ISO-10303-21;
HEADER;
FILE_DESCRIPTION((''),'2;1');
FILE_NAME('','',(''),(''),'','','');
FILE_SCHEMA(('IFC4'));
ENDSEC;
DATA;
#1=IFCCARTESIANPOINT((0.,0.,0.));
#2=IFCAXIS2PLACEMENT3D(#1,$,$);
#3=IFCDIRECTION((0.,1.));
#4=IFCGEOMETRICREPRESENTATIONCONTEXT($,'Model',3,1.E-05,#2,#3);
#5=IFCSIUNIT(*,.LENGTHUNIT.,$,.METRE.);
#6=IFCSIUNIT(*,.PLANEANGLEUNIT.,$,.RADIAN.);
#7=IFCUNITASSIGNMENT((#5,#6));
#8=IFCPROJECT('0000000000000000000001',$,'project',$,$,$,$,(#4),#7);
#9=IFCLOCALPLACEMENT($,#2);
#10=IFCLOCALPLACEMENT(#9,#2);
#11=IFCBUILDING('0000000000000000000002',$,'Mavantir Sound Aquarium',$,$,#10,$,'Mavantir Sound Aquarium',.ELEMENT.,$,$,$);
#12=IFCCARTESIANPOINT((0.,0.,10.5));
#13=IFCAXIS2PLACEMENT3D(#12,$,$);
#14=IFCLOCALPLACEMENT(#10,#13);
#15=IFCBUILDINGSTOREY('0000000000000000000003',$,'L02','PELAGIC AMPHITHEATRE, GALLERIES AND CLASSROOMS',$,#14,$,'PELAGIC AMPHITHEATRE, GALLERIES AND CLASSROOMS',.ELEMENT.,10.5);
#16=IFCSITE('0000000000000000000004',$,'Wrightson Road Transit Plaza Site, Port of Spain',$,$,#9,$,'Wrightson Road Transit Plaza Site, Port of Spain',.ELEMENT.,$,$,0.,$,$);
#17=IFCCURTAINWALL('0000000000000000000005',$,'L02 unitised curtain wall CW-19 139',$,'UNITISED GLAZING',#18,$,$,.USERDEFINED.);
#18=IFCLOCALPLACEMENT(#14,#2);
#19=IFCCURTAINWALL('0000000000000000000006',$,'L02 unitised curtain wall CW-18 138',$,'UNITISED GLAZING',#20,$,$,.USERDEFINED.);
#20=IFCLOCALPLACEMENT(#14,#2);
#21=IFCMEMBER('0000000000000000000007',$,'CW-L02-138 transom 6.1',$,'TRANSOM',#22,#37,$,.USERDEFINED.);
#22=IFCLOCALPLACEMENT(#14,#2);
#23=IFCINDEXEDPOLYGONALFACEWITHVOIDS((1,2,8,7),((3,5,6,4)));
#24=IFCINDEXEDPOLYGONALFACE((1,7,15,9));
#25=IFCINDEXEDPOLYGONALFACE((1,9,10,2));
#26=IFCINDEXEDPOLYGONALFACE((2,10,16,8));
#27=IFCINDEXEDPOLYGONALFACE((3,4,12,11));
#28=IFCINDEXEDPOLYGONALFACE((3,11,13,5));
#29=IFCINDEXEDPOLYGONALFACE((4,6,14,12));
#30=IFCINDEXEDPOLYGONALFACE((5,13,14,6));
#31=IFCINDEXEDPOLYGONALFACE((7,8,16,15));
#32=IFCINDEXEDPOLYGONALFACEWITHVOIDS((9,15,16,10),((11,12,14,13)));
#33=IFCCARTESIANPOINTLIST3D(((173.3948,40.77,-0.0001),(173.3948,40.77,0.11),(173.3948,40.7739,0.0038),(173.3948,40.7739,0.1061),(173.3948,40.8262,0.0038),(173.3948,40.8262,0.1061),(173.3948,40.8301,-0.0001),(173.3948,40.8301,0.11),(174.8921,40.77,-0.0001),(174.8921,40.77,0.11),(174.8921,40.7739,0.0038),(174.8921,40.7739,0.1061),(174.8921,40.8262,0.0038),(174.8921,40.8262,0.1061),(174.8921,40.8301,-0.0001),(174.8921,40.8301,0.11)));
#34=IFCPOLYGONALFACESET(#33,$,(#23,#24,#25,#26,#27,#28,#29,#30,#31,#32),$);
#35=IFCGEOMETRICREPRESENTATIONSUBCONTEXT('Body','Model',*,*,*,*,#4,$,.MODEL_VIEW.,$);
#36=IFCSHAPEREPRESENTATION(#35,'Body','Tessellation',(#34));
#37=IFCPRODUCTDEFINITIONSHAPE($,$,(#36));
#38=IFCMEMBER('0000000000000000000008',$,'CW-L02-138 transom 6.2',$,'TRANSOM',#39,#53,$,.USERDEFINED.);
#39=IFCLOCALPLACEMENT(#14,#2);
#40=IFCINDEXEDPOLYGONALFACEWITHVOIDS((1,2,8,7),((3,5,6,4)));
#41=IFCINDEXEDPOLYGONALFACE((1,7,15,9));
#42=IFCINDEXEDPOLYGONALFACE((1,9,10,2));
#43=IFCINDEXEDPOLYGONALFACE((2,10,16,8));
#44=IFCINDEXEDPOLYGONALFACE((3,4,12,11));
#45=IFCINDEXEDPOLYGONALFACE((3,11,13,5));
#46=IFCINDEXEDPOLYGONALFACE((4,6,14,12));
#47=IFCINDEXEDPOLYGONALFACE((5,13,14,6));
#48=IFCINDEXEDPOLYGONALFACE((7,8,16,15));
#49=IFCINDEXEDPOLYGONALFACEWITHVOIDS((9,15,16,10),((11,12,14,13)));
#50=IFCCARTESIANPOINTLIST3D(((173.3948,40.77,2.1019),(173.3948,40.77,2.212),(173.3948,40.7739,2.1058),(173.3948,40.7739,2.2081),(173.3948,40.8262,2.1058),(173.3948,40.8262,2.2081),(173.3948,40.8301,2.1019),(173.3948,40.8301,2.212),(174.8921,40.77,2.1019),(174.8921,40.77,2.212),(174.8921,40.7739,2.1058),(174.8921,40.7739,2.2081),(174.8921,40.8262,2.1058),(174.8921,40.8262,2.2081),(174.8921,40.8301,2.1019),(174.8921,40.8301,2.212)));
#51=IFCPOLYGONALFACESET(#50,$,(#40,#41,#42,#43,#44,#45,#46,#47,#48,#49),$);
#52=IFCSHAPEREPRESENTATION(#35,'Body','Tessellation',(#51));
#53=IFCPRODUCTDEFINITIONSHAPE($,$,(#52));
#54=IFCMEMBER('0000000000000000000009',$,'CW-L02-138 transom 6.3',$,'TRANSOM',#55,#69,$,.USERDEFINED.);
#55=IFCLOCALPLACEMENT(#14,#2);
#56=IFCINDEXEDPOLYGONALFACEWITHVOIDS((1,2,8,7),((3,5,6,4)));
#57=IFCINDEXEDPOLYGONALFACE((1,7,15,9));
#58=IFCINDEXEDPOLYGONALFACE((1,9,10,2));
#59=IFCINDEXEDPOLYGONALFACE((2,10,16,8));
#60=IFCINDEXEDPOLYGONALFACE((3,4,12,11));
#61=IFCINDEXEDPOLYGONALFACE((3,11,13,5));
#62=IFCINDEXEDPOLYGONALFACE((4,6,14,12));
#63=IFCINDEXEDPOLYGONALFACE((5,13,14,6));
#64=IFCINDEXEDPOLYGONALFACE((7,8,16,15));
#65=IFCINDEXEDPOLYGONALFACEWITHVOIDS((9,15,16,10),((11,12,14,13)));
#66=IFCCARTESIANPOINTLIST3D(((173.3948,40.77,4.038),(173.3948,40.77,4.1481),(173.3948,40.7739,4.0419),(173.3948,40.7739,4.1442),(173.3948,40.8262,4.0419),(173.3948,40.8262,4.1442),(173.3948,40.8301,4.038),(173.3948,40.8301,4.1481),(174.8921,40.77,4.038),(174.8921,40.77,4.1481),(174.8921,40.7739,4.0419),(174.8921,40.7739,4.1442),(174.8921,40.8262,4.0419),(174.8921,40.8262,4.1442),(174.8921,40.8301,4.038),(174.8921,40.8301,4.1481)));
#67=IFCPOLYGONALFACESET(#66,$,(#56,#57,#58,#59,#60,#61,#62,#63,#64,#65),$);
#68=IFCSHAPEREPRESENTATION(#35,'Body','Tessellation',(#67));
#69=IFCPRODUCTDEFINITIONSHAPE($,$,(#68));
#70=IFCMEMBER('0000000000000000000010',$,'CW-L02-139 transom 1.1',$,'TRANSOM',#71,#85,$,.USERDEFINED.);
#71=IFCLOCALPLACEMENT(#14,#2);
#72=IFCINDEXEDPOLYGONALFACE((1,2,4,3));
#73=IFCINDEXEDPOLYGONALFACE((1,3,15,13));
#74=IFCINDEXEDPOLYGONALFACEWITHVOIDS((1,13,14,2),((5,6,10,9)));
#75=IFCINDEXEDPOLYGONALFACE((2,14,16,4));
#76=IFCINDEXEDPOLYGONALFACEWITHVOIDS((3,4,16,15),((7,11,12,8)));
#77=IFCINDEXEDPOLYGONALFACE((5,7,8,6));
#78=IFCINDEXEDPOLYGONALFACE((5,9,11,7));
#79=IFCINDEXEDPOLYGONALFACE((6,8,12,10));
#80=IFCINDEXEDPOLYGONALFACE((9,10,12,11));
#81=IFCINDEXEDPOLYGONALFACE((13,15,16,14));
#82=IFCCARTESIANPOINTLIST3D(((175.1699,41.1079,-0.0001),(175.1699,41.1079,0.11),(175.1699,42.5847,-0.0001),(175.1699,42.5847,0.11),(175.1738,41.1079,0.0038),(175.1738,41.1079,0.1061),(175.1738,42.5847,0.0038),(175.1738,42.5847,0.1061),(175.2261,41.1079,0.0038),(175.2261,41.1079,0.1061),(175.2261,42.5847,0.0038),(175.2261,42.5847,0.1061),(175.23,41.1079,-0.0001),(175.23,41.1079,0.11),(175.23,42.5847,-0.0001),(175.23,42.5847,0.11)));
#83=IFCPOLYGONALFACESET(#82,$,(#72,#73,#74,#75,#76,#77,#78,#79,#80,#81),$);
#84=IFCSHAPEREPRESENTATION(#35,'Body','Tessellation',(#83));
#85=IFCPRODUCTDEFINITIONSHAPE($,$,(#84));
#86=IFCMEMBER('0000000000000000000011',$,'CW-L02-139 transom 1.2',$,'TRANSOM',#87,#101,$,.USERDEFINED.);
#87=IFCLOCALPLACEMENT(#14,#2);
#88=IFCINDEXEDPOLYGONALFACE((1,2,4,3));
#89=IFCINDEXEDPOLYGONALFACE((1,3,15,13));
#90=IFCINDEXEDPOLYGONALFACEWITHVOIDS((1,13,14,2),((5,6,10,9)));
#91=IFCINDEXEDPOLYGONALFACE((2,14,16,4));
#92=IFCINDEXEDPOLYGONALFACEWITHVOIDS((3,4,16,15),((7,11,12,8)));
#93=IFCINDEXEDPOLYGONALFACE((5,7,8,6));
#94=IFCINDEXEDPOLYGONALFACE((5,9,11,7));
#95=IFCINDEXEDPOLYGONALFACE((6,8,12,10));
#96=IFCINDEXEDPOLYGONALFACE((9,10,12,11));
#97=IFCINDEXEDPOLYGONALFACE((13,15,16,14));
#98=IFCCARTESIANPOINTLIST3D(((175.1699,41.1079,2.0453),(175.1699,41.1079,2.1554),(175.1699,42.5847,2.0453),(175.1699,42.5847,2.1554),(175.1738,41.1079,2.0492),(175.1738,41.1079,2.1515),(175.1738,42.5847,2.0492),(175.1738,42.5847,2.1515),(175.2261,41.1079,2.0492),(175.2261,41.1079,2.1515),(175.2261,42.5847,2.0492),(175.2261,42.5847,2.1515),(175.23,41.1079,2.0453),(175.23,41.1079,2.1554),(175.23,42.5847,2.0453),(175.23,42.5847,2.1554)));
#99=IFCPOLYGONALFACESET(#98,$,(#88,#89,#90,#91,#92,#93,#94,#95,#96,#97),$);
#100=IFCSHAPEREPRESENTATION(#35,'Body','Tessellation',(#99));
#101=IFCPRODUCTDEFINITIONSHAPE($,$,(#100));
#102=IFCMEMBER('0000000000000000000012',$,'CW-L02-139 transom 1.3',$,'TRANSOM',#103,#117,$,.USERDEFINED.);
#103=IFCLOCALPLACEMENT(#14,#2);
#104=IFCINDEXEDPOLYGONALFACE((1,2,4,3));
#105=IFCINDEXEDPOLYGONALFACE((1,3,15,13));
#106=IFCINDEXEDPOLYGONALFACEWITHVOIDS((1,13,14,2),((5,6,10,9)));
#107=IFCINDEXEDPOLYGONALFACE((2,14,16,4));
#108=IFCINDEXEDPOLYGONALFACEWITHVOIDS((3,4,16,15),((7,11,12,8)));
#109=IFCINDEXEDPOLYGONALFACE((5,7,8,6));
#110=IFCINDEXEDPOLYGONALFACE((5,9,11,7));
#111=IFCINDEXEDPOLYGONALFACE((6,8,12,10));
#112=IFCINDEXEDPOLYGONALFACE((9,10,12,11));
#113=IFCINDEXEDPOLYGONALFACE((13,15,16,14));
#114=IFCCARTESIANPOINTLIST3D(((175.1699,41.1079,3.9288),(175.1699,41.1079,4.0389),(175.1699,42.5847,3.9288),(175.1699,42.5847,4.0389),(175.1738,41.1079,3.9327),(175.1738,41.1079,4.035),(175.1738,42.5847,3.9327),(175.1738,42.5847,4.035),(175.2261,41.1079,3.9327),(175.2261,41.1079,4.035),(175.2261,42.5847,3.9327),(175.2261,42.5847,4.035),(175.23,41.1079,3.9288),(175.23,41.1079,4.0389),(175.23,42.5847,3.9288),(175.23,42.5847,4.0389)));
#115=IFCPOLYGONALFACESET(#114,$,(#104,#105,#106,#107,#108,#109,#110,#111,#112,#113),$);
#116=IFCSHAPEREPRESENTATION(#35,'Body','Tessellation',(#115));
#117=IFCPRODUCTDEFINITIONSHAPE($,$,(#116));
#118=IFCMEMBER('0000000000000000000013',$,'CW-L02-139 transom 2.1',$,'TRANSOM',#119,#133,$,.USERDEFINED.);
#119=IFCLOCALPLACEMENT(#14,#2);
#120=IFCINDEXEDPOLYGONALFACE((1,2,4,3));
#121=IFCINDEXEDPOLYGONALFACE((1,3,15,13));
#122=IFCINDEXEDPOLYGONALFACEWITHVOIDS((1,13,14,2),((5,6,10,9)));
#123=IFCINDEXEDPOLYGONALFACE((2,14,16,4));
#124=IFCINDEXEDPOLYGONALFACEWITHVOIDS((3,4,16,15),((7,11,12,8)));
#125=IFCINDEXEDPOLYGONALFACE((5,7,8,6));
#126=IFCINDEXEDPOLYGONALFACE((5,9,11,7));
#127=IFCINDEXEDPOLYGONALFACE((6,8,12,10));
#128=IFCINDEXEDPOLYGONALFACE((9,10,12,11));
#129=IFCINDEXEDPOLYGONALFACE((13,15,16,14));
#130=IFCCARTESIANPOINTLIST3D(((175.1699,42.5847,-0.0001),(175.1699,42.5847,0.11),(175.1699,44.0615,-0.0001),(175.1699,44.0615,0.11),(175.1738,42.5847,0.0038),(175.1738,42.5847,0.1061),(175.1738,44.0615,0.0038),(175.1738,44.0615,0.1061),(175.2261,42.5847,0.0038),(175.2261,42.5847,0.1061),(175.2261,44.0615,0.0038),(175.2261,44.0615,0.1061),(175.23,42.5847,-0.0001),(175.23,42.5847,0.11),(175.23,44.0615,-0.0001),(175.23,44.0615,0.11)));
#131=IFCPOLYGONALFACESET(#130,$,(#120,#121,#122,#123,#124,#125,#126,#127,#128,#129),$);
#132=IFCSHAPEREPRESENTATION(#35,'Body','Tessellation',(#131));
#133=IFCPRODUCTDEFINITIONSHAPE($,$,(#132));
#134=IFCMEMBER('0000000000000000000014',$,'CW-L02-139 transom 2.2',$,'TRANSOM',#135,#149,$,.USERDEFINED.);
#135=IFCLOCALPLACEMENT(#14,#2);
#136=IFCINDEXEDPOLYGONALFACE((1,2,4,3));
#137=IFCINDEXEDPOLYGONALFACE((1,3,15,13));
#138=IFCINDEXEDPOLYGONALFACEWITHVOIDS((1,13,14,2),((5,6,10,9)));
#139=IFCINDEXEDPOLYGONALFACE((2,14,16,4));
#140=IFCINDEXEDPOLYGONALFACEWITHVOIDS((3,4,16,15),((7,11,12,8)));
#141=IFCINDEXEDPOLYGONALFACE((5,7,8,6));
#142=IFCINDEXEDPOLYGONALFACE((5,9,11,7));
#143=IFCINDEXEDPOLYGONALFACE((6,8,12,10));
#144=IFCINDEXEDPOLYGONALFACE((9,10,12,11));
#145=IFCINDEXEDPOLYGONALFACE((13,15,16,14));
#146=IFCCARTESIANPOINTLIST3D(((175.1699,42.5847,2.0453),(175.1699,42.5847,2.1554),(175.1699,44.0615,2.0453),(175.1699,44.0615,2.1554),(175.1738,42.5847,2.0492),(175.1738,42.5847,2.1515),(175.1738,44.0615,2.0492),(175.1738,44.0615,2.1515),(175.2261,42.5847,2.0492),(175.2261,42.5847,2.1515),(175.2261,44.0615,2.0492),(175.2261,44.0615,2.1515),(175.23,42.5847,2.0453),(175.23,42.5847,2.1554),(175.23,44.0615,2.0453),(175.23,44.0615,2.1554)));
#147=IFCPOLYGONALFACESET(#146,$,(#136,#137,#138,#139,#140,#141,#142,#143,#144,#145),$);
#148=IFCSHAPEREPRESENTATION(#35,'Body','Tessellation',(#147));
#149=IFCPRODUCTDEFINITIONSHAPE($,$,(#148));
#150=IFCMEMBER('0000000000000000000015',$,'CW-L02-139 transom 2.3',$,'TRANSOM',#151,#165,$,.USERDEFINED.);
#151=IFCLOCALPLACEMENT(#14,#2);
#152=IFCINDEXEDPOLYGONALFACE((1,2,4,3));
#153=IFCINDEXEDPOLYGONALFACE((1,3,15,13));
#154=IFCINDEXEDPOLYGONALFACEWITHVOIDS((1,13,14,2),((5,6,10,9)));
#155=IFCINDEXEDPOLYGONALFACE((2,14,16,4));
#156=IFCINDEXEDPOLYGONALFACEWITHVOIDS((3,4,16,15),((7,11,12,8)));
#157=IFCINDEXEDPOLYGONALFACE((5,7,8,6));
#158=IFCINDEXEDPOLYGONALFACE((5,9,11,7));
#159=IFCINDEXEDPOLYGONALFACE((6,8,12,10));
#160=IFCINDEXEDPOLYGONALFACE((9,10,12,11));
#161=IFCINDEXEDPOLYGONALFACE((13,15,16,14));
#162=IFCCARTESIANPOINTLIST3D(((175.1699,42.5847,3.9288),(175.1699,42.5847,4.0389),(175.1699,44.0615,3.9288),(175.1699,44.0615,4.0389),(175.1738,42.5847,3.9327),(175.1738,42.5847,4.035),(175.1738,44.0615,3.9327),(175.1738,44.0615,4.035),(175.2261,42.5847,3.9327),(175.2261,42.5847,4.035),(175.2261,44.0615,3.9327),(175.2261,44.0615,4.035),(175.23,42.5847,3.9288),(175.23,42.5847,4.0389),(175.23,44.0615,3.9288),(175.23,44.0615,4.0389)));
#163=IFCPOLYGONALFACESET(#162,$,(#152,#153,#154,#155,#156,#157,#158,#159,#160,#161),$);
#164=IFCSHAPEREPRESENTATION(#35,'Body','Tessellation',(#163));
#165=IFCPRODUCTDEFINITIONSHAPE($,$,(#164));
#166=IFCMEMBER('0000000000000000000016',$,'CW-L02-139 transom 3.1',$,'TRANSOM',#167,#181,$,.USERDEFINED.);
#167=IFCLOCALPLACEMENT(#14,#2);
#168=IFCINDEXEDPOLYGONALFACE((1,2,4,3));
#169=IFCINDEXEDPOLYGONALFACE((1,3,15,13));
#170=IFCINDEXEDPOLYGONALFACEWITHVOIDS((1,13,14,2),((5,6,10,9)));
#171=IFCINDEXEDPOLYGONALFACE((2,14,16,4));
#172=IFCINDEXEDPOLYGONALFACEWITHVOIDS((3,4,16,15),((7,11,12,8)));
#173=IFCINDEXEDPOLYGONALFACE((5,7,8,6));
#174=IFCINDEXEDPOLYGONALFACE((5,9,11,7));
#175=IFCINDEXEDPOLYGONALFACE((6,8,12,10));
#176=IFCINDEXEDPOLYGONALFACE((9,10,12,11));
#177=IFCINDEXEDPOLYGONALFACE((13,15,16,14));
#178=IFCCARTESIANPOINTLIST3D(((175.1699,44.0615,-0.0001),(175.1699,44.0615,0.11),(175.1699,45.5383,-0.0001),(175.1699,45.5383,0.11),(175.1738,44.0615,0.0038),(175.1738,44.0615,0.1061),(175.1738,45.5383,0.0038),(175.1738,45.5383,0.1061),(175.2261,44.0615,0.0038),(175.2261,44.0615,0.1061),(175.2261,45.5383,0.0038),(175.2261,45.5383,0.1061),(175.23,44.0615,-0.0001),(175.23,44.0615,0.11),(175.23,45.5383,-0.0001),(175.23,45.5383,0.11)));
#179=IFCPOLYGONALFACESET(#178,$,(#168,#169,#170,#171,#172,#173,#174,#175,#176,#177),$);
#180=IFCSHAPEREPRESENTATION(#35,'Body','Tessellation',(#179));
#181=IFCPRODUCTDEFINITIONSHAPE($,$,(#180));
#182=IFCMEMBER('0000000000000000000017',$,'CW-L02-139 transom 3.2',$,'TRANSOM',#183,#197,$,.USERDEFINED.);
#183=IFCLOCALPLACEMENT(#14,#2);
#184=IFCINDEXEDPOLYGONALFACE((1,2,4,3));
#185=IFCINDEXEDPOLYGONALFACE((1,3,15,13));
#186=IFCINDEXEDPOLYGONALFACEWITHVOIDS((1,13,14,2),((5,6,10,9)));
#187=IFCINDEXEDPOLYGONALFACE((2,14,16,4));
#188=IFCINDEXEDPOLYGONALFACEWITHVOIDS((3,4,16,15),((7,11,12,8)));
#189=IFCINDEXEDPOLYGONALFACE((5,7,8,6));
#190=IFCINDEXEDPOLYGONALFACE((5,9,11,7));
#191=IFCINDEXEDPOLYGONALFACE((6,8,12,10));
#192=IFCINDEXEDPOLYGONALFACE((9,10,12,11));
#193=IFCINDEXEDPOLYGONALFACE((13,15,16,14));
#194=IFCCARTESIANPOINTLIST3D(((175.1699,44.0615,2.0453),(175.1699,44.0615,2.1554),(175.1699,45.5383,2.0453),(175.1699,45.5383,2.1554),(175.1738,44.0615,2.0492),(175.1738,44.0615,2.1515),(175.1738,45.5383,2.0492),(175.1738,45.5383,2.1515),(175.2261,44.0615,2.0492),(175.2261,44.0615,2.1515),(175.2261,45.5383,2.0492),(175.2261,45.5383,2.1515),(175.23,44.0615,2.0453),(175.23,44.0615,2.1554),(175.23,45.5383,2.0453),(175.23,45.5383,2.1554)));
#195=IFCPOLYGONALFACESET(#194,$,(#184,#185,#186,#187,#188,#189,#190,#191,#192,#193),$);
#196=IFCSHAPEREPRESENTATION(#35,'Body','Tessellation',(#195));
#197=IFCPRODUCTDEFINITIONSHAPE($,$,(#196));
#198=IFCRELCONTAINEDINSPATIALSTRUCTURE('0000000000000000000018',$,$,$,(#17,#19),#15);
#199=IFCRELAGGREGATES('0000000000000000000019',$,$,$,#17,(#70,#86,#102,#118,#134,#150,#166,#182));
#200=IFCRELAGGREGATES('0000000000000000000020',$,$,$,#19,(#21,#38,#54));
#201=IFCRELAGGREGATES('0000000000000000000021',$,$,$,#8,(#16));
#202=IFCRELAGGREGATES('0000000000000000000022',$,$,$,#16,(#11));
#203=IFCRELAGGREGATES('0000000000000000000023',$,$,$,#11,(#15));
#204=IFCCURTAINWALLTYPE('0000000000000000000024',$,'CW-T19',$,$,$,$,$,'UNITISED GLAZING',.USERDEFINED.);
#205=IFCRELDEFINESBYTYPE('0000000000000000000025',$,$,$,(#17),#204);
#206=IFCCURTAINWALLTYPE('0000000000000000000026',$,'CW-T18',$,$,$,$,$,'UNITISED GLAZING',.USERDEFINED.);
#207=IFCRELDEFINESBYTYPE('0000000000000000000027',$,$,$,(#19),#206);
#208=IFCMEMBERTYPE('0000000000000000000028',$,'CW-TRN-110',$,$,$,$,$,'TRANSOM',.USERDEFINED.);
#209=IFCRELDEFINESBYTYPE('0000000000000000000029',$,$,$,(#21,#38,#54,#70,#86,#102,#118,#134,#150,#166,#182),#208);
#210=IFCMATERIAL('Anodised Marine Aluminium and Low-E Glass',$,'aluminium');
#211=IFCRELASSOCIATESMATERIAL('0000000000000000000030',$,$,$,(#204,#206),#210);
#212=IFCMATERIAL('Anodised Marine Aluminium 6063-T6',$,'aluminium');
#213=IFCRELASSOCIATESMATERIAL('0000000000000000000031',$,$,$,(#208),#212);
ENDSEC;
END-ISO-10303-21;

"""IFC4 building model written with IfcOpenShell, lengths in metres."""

from ifc_helpers import new_model, si_unit, direction, frame, origin, origin_2d, place, context, subcontext, project, spatial, hollow_rectangle, extrude, material, material_profile, profile_set, type_object, element, aggregate, save


model = new_model("IFC4")

# Units and contexts
model_context = context("Model", 3, precision=1e-05, world=origin(), true_north=direction((0.0, 1.0)))
body_context = subcontext(model_context, "Body", "Model", "MODEL_VIEW")
ifc_project = project(units=[si_unit("LENGTHUNIT", "METRE"), si_unit("PLANEANGLEUNIT", "RADIAN")], contexts=[model_context])

# Site, building, storey
site_placement = place(None, origin())
site = spatial("IfcSite", under=ifc_project, at=site_placement, Name="Wrightson Road Transit Plaza Site, Port of Spain", LongName="Wrightson Road Transit Plaza Site, Port of Spain", CompositionType="ELEMENT", RefElevation=0.0)
building_placement = place(site_placement, origin())
building = spatial("IfcBuilding", under=site, at=building_placement, Name="Mavantir Sound Aquarium", LongName="Mavantir Sound Aquarium", CompositionType="ELEMENT")
storey_placement = place(building_placement, frame((0.0, 0.0, 10.5)))
storey = spatial("IfcBuildingStorey", under=building, at=storey_placement, Name="L02", Description="PELAGIC AMPHITHEATRE, GALLERIES AND CLASSROOMS", LongName="PELAGIC AMPHITHEATRE, GALLERIES AND CLASSROOMS", CompositionType="ELEMENT", Elevation=10.5)

# Curtain walls, members
ifc_material_1 = material(Name="Anodised Marine Aluminium and Low-E Glass", Category="aluminium")
curtain_wall_type_1 = type_object("IfcCurtainWallType", Name="CW-T19", ElementType="UNITISED GLAZING", PredefinedType="USERDEFINED", material=ifc_material_1)
curtain_wall_1_placement = place(storey_placement, origin())
curtain_wall_1 = element("IfcCurtainWall", 1, at=curtain_wall_1_placement, inside=storey, type_object=curtain_wall_type_1, Name="L02 unitised curtain wall CW-19 139", ObjectType="UNITISED GLAZING", PredefinedType="USERDEFINED")
ifc_material_2 = material(Name="Anodised Marine Aluminium 6063-T6", Category="aluminium")
curtain_wall_type_2 = type_object("IfcCurtainWallType", Name="CW-T18", ElementType="UNITISED GLAZING", PredefinedType="USERDEFINED", material=ifc_material_1)
curtain_wall_2_placement = place(storey_placement, origin())
curtain_wall_2 = element("IfcCurtainWall", 2, at=curtain_wall_2_placement, inside=storey, type_object=curtain_wall_type_2, Name="L02 unitised curtain wall CW-18 138", ObjectType="UNITISED GLAZING", PredefinedType="USERDEFINED")
ifc_material_profile_1 = material_profile(ifc_material_2, hollow_rectangle(XDim=0.0601, YDim=0.1101, WallThickness=0.0039, at=origin_2d()), Name="ALU-TRANSOM-110X60")
ifc_profile_set_1 = profile_set([ifc_material_profile_1], Name="Anodised Marine Aluminium 6063-T6")
member_type_1 = type_object("IfcMemberType", Name="CW-TRN-110", ElementType="TRANSOM", PredefinedType="USERDEFINED", material=ifc_profile_set_1)
member_1_placement = place(storey_placement, frame((173.3948, 40.8, 0.0549), z_axis=(1.0, 0.0, 0.0), x_axis=(0.0, 1.0, 0.0)))
member_1 = element("IfcMember", 3, at=member_1_placement, type_object=member_type_1, Name="CW-L02-138 transom 6.1", ObjectType="TRANSOM", PredefinedType="USERDEFINED", context=body_context, shape_type="SweptSolid", body=[
    extrude(hollow_rectangle(XDim=0.0601, YDim=0.1101, WallThickness=0.0039, at=origin_2d()), origin(), (0.0, 0.0, 1.0), 1.4973),
])
member_2_placement = place(storey_placement, frame((173.3948, 40.8, 2.157), z_axis=(1.0, 0.0, 0.0), x_axis=(0.0, 1.0, 0.0)))
member_2 = element("IfcMember", 4, at=member_2_placement, type_object=member_type_1, Name="CW-L02-138 transom 6.2", ObjectType="TRANSOM", PredefinedType="USERDEFINED", context=body_context, shape_type="SweptSolid", body=[
    extrude(hollow_rectangle(XDim=0.0601, YDim=0.1101, WallThickness=0.0039, at=origin_2d()), origin(), (0.0, 0.0, 1.0), 1.4973),
])
member_3_placement = place(storey_placement, frame((173.3948, 40.8, 4.093), z_axis=(1.0, 0.0, 0.0), x_axis=(0.0, 1.0, 0.0)))
member_3 = element("IfcMember", 5, at=member_3_placement, type_object=member_type_1, Name="CW-L02-138 transom 6.3", ObjectType="TRANSOM", PredefinedType="USERDEFINED", context=body_context, shape_type="SweptSolid", body=[
    extrude(hollow_rectangle(XDim=0.0601, YDim=0.1101, WallThickness=0.0039, at=origin_2d()), origin(), (0.0, 0.0, 1.0), 1.4973),
])

# Members
member_4_placement = place(storey_placement, frame((175.2, 41.1079, 0.0549), z_axis=(0.0, 1.0, 0.0), x_axis=(-1.0, 0.0, 0.0)))
member_4 = element("IfcMember", 6, at=member_4_placement, type_object=member_type_1, Name="CW-L02-139 transom 1.1", ObjectType="TRANSOM", PredefinedType="USERDEFINED", context=body_context, shape_type="SweptSolid", body=[
    extrude(hollow_rectangle(XDim=0.0601, YDim=0.1101, WallThickness=0.0039, at=origin_2d()), origin(), (0.0, 0.0, 1.0), 1.4768),
])
member_5_placement = place(storey_placement, frame((175.2, 41.1079, 2.1003), z_axis=(0.0, 1.0, 0.0), x_axis=(-1.0, 0.0, 0.0)))
member_5 = element("IfcMember", 7, at=member_5_placement, type_object=member_type_1, Name="CW-L02-139 transom 1.2", ObjectType="TRANSOM", PredefinedType="USERDEFINED", context=body_context, shape_type="SweptSolid", body=[
    extrude(hollow_rectangle(XDim=0.0601, YDim=0.1101, WallThickness=0.0039, at=origin_2d()), origin(), (0.0, 0.0, 1.0), 1.4768),
])
member_6_placement = place(storey_placement, frame((175.2, 41.1079, 3.9839), z_axis=(0.0, 1.0, 0.0), x_axis=(-1.0, 0.0, 0.0)))
member_6 = element("IfcMember", 8, at=member_6_placement, type_object=member_type_1, Name="CW-L02-139 transom 1.3", ObjectType="TRANSOM", PredefinedType="USERDEFINED", context=body_context, shape_type="SweptSolid", body=[
    extrude(hollow_rectangle(XDim=0.0601, YDim=0.1101, WallThickness=0.0039, at=origin_2d()), origin(), (0.0, 0.0, 1.0), 1.4768),
])
member_7_placement = place(storey_placement, frame((175.2, 42.5847, 0.0549), z_axis=(0.0, 1.0, 0.0), x_axis=(-1.0, 0.0, 0.0)))
member_7 = element("IfcMember", 9, at=member_7_placement, type_object=member_type_1, Name="CW-L02-139 transom 2.1", ObjectType="TRANSOM", PredefinedType="USERDEFINED", context=body_context, shape_type="SweptSolid", body=[
    extrude(hollow_rectangle(XDim=0.0601, YDim=0.1101, WallThickness=0.0039, at=origin_2d()), origin(), (0.0, 0.0, 1.0), 1.4768),
])
member_8_placement = place(storey_placement, frame((175.2, 42.5847, 2.1003), z_axis=(0.0, 1.0, 0.0), x_axis=(-1.0, 0.0, 0.0)))
member_8 = element("IfcMember", 10, at=member_8_placement, type_object=member_type_1, Name="CW-L02-139 transom 2.2", ObjectType="TRANSOM", PredefinedType="USERDEFINED", context=body_context, shape_type="SweptSolid", body=[
    extrude(hollow_rectangle(XDim=0.0601, YDim=0.1101, WallThickness=0.0039, at=origin_2d()), origin(), (0.0, 0.0, 1.0), 1.4768),
])
member_9_placement = place(storey_placement, frame((175.2, 42.5847, 3.9839), z_axis=(0.0, 1.0, 0.0), x_axis=(-1.0, 0.0, 0.0)))
member_9 = element("IfcMember", 11, at=member_9_placement, type_object=member_type_1, Name="CW-L02-139 transom 2.3", ObjectType="TRANSOM", PredefinedType="USERDEFINED", context=body_context, shape_type="SweptSolid", body=[
    extrude(hollow_rectangle(XDim=0.0601, YDim=0.1101, WallThickness=0.0039, at=origin_2d()), origin(), (0.0, 0.0, 1.0), 1.4768),
])
member_10_placement = place(storey_placement, frame((175.2, 44.0615, 0.0549), z_axis=(0.0, 1.0, 0.0), x_axis=(-1.0, 0.0, 0.0)))
member_10 = element("IfcMember", 12, at=member_10_placement, type_object=member_type_1, Name="CW-L02-139 transom 3.1", ObjectType="TRANSOM", PredefinedType="USERDEFINED", context=body_context, shape_type="SweptSolid", body=[
    extrude(hollow_rectangle(XDim=0.0601, YDim=0.1101, WallThickness=0.0039, at=origin_2d()), origin(), (0.0, 0.0, 1.0), 1.4768),
])
member_11_placement = place(storey_placement, frame((175.2, 44.0615, 2.1003), z_axis=(0.0, 1.0, 0.0), x_axis=(-1.0, 0.0, 0.0)))
member_11 = element("IfcMember", 13, at=member_11_placement, type_object=member_type_1, Name="CW-L02-139 transom 3.2", ObjectType="TRANSOM", PredefinedType="USERDEFINED", context=body_context, shape_type="SweptSolid", body=[
    extrude(hollow_rectangle(XDim=0.0601, YDim=0.1101, WallThickness=0.0039, at=origin_2d()), origin(), (0.0, 0.0, 1.0), 1.4768),
])

aggregate(curtain_wall_1, [member_4, member_5, member_6, member_7, member_8, member_9, member_10, member_11])
aggregate(curtain_wall_2, [member_1, member_2, member_3])

save(model, "model.ifc")
